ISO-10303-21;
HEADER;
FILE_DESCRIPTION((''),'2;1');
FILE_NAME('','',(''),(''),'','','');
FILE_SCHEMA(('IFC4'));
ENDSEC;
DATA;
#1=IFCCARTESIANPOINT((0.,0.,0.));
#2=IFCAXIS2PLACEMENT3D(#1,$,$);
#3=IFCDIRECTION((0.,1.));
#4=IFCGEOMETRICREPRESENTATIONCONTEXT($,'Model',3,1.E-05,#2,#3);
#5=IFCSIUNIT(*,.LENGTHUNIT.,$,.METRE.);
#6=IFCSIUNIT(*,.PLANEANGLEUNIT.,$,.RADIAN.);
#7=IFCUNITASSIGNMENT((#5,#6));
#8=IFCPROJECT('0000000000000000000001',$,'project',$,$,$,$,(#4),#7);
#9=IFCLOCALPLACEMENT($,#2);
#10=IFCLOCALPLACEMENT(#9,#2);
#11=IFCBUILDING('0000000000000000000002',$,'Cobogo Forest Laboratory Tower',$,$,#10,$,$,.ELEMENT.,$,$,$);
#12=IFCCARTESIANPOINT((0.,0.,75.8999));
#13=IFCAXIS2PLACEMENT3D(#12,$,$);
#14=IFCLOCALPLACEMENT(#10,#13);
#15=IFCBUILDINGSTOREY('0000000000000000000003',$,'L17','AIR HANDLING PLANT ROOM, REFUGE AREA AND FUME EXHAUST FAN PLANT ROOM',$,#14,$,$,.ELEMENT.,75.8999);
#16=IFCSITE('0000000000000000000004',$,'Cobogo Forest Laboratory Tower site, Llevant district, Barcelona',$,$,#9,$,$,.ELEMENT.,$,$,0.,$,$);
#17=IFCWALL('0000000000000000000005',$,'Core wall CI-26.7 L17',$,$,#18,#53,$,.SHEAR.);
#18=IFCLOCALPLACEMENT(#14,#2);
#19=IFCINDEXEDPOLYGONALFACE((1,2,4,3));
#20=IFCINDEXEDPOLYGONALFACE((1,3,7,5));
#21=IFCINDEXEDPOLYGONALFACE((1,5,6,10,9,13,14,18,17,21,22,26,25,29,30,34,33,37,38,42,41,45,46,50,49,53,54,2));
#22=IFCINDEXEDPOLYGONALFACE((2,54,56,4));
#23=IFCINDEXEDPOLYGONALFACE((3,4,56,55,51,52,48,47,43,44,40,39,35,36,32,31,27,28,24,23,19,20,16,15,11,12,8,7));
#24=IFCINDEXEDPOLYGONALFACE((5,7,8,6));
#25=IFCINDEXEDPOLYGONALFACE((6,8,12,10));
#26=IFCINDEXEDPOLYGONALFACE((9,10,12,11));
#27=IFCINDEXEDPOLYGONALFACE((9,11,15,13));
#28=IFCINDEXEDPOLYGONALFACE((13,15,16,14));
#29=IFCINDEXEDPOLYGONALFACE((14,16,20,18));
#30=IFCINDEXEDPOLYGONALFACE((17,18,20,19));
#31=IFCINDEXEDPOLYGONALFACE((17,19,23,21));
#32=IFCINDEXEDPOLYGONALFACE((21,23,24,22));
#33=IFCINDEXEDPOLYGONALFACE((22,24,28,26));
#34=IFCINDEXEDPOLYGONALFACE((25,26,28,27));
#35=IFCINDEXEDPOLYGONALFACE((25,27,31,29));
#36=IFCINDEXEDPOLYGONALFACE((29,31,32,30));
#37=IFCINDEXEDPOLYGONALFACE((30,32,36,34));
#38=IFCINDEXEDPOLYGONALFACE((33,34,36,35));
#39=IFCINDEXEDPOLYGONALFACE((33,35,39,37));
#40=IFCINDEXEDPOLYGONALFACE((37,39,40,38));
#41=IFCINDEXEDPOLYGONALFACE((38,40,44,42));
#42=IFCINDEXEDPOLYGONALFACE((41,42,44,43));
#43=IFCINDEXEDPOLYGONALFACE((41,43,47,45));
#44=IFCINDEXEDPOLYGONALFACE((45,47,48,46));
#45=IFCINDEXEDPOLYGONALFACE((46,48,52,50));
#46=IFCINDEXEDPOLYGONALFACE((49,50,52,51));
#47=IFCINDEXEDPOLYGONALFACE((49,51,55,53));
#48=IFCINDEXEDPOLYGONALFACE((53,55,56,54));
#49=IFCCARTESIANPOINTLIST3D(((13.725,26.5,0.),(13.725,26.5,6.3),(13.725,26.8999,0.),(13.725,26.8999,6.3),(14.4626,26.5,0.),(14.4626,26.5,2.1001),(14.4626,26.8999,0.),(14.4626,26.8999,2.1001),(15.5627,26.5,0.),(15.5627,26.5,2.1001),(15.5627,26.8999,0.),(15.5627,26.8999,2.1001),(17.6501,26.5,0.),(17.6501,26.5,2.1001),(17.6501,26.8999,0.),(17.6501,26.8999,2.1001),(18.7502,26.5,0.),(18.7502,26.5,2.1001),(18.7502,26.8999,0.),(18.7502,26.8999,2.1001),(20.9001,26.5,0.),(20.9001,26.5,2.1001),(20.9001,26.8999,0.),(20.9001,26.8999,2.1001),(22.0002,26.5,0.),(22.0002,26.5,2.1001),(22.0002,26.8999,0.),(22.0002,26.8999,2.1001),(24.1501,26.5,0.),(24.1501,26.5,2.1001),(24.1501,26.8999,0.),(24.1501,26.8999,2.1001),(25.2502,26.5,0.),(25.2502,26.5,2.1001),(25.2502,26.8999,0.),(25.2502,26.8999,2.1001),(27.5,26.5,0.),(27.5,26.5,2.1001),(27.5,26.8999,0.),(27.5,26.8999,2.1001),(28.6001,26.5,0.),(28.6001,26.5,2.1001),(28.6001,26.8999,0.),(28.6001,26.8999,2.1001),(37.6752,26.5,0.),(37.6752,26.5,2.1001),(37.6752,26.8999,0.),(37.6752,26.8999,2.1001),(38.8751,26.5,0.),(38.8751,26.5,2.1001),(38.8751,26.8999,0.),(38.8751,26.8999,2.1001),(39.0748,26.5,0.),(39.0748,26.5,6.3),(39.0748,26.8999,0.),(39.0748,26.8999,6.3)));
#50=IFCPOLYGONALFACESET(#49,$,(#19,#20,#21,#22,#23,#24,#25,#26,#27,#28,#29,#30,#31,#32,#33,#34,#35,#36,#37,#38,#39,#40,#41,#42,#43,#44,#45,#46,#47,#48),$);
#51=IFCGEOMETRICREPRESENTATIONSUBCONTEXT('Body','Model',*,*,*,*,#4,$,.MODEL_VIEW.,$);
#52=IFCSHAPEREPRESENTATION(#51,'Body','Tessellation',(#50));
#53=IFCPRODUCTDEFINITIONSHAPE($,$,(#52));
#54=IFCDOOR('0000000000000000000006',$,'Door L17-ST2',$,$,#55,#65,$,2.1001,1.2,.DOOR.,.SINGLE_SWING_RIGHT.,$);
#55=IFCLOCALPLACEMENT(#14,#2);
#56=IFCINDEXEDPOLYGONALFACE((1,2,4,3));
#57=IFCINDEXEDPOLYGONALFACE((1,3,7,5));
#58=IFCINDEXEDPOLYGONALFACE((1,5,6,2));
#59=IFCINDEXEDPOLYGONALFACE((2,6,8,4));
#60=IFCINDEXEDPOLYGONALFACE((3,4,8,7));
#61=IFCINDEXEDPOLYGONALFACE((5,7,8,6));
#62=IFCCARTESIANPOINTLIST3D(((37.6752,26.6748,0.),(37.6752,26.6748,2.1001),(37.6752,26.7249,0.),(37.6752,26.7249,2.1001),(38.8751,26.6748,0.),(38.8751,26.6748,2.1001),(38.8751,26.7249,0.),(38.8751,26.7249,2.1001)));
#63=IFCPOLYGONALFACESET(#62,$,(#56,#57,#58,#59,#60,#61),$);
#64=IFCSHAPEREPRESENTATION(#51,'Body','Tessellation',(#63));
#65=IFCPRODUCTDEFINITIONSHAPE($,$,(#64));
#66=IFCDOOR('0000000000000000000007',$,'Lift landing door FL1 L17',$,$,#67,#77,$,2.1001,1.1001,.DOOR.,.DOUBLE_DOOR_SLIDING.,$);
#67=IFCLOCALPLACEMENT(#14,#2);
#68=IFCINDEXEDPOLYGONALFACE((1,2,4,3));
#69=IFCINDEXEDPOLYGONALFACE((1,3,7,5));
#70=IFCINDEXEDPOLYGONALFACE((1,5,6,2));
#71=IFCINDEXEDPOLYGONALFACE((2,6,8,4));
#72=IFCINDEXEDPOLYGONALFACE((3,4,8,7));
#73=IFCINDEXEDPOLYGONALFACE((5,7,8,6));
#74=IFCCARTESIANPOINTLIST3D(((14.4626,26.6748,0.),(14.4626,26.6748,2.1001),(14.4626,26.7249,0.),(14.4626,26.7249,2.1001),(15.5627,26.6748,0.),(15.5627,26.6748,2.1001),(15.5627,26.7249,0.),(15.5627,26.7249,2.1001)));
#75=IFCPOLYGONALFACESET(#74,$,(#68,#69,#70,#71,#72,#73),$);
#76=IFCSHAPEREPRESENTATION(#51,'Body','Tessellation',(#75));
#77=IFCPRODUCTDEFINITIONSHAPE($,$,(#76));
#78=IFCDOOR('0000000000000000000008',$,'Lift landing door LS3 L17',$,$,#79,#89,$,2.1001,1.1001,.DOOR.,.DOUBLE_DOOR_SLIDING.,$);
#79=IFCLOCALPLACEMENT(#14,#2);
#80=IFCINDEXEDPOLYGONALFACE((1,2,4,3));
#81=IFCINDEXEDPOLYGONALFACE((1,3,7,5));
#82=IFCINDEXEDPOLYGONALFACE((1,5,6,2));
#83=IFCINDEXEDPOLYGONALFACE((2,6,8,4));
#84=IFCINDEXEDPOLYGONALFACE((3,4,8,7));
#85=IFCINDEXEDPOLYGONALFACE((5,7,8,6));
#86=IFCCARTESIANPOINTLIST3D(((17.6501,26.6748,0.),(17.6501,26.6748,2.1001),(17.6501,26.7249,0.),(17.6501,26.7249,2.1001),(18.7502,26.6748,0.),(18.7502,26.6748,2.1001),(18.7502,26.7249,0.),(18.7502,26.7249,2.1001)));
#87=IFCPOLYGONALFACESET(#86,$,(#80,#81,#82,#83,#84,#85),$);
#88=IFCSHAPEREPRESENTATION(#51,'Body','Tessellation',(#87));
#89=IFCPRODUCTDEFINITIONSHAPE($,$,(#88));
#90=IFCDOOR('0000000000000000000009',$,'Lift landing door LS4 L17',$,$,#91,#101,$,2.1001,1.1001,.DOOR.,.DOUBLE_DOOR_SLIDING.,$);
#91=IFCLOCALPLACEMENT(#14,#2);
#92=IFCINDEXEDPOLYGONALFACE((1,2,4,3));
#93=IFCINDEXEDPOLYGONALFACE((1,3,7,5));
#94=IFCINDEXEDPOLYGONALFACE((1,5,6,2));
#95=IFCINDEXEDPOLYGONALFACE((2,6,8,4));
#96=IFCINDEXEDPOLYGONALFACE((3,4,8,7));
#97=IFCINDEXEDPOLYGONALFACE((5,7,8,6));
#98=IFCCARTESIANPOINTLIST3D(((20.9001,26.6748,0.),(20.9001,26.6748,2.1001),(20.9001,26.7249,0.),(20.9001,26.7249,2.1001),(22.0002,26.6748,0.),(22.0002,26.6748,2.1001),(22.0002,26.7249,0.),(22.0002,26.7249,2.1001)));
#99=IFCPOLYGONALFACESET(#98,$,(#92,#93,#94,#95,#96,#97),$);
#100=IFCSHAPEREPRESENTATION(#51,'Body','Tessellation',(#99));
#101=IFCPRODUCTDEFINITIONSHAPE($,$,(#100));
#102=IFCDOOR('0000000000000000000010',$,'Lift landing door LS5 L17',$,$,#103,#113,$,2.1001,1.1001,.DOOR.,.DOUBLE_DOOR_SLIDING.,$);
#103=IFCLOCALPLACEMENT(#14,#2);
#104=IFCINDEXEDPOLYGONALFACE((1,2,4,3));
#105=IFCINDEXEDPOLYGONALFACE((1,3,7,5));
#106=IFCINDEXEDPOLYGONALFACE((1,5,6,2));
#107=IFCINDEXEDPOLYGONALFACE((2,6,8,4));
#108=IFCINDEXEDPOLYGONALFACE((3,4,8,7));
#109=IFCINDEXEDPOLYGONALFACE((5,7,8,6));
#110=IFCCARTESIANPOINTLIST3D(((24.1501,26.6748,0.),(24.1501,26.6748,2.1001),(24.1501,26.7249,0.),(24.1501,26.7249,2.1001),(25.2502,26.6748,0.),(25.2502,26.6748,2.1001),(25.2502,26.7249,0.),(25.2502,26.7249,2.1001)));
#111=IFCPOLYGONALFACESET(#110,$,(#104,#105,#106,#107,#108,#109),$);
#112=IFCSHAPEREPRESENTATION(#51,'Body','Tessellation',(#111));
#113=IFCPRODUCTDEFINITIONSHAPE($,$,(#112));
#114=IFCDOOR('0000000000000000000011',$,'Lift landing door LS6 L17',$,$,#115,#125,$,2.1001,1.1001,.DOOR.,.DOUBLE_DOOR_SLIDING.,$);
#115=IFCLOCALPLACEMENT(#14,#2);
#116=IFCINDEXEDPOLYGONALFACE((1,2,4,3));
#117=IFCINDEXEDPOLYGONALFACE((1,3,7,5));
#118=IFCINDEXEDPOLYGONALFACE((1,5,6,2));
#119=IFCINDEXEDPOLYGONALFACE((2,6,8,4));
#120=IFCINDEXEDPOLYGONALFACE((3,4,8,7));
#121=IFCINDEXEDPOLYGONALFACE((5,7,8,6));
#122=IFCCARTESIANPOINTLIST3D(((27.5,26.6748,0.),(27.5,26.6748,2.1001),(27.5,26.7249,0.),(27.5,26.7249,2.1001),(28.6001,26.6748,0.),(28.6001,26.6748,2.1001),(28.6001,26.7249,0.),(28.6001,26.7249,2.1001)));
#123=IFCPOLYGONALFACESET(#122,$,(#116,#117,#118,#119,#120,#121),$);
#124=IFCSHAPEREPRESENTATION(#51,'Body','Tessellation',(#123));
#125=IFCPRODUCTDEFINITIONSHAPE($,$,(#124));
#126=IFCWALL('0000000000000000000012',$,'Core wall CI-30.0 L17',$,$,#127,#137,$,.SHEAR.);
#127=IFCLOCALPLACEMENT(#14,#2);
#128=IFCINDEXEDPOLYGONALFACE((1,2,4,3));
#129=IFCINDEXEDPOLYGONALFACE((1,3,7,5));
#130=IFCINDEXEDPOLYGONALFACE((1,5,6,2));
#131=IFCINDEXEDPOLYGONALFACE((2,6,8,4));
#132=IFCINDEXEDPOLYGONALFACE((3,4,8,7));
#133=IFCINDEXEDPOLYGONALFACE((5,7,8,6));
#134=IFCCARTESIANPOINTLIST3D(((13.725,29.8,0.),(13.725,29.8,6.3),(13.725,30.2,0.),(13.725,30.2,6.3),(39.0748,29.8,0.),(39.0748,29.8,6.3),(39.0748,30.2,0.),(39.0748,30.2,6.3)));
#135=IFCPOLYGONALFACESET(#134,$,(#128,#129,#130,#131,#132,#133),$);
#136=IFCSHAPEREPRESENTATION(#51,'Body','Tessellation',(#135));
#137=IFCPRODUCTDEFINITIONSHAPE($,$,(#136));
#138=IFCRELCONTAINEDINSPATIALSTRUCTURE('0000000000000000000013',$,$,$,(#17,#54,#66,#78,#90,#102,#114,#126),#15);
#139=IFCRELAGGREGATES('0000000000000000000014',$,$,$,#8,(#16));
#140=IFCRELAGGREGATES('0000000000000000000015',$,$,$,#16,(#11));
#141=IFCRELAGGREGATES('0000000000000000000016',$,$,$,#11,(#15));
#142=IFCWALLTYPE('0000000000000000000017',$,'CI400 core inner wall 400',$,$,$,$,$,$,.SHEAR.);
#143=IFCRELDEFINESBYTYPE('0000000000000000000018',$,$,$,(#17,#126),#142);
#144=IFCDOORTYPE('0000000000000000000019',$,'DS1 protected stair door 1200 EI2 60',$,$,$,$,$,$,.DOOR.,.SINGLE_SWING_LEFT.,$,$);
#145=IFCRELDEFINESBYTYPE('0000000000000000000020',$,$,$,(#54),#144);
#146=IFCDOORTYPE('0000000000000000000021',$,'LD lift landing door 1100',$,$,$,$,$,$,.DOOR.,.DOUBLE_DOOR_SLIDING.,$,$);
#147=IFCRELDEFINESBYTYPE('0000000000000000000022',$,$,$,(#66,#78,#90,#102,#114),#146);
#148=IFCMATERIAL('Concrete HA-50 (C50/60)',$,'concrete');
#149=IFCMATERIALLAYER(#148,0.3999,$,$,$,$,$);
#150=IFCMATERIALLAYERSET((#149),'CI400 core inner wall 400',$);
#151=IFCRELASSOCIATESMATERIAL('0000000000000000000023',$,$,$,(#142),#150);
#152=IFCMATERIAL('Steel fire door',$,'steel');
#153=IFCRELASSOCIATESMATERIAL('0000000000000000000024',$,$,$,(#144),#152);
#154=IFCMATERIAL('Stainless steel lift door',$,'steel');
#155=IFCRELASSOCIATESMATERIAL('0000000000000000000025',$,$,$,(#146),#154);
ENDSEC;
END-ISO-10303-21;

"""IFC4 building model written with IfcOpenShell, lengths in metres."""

from ifc_helpers import new_model, si_unit, direction, frame, frame_2d, origin, place, context, subcontext, project, spatial, rectangle, extrude, material, layer, layer_set, type_object, element, fill, save


model = new_model("IFC4")

# Units and contexts
model_context = context("Model", 3, precision=1e-05, world=origin(), true_north=direction((0.0, 1.0)))
body_context = subcontext(model_context, "Body", "Model", "MODEL_VIEW")
ifc_project = project(units=[si_unit("LENGTHUNIT", "METRE"), si_unit("PLANEANGLEUNIT", "RADIAN")], contexts=[model_context])

# Site, building, storey
site_placement = place(None, origin())
site = spatial("IfcSite", under=ifc_project, at=site_placement, Name="Cobogo Forest Laboratory Tower site, Llevant district, Barcelona", CompositionType="ELEMENT", RefElevation=0.0)
building_placement = place(site_placement, origin())
building = spatial("IfcBuilding", under=site, at=building_placement, Name="Cobogo Forest Laboratory Tower", CompositionType="ELEMENT")
storey_placement = place(building_placement, frame((0.0, 0.0, 75.8999)))
storey = spatial("IfcBuildingStorey", under=building, at=storey_placement, Name="L17", Description="AIR HANDLING PLANT ROOM, REFUGE AREA AND FUME EXHAUST FAN PLANT ROOM", CompositionType="ELEMENT", Elevation=75.8999)

# Shared definitions
ifc_material_1 = material(Name="Concrete HA-50 (C50/60)", Category="concrete")
ifc_layer_1 = layer(ifc_material_1, 0.3999)
ifc_layer_set_1 = layer_set([ifc_layer_1], Name="CI400 core inner wall 400")
wall_type_1 = type_object("IfcWallType", Name="CI400 core inner wall 400", PredefinedType="SHEAR", material=ifc_layer_set_1)

# Wall, openings, doors
wall_1_placement = place(storey_placement, frame((13.7251, 26.7, 0.0), z_axis=(0.0, 0.0, 1.0), x_axis=(1.0, 0.0, 0.0)))
wall_1 = element("IfcWall", 1, at=wall_1_placement, inside=storey, type_object=wall_type_1, Name="Core wall CI-26.7 L17", PredefinedType="SHEAR", context=body_context, shape_type="SweptSolid", body=[
    extrude(rectangle(XDim=25.3499, YDim=0.3999, at=frame_2d((12.6748, 0.0))), origin(), (0.0, 0.0, 1.0), 6.3),
])
opening_1_placement = place(wall_1_placement, frame((23.95, 0.0, 0.0)))
opening_1 = element("IfcOpeningElement", 2, at=opening_1_placement, cuts=wall_1, PredefinedType="OPENING", context=body_context, shape_type="SweptSolid", body=[
    extrude(rectangle(XDim=1.2, YDim=2.1001, at=frame_2d((0.6001, 1.05))), frame((0.0, 0.21, 0.0), z_axis=(0.0, -1.0, 0.0), x_axis=(1.0, 0.0, 0.0)), (0.0, 0.0, 1.0), 0.4199),
])
opening_2_placement = place(wall_1_placement, frame((0.7375, 0.0, 0.0)))
opening_2 = element("IfcOpeningElement", 3, at=opening_2_placement, cuts=wall_1, PredefinedType="OPENING", context=body_context, shape_type="SweptSolid", body=[
    extrude(rectangle(XDim=1.1001, YDim=2.1001, at=frame_2d((0.55, 1.05))), frame((0.0, 0.21, 0.0), z_axis=(0.0, -1.0, 0.0), x_axis=(1.0, 0.0, 0.0)), (0.0, 0.0, 1.0), 0.4199),
])
opening_3_placement = place(wall_1_placement, frame((3.925, 0.0, 0.0)))
opening_3 = element("IfcOpeningElement", 4, at=opening_3_placement, cuts=wall_1, PredefinedType="OPENING", context=body_context, shape_type="SweptSolid", body=[
    extrude(rectangle(XDim=1.1001, YDim=2.1001, at=frame_2d((0.55, 1.05))), frame((0.0, 0.21, 0.0), z_axis=(0.0, -1.0, 0.0), x_axis=(1.0, 0.0, 0.0)), (0.0, 0.0, 1.0), 0.4199),
])
opening_4_placement = place(wall_1_placement, frame((7.175, 0.0, 0.0)))
opening_4 = element("IfcOpeningElement", 5, at=opening_4_placement, cuts=wall_1, PredefinedType="OPENING", context=body_context, shape_type="SweptSolid", body=[
    extrude(rectangle(XDim=1.1001, YDim=2.1001, at=frame_2d((0.55, 1.05))), frame((0.0, 0.21, 0.0), z_axis=(0.0, -1.0, 0.0), x_axis=(1.0, 0.0, 0.0)), (0.0, 0.0, 1.0), 0.4199),
])
opening_5_placement = place(wall_1_placement, frame((10.425, 0.0, 0.0)))
opening_5 = element("IfcOpeningElement", 6, at=opening_5_placement, cuts=wall_1, PredefinedType="OPENING", context=body_context, shape_type="SweptSolid", body=[
    extrude(rectangle(XDim=1.1001, YDim=2.1001, at=frame_2d((0.55, 1.05))), frame((0.0, 0.21, 0.0), z_axis=(0.0, -1.0, 0.0), x_axis=(1.0, 0.0, 0.0)), (0.0, 0.0, 1.0), 0.4199),
])
opening_6_placement = place(wall_1_placement, frame((13.7749, 0.0, 0.0)))
opening_6 = element("IfcOpeningElement", 7, at=opening_6_placement, cuts=wall_1, PredefinedType="OPENING", context=body_context, shape_type="SweptSolid", body=[
    extrude(rectangle(XDim=1.1001, YDim=2.1001, at=frame_2d((0.55, 1.05))), frame((0.0, 0.21, 0.0), z_axis=(0.0, -1.0, 0.0), x_axis=(1.0, 0.0, 0.0)), (0.0, 0.0, 1.0), 0.4199),
])
ifc_material_2 = material(Name="Steel fire door", Category="steel")
door_type_1 = type_object("IfcDoorType", Name="DS1 protected stair door 1200 EI2 60", OperationType="SINGLE_SWING_LEFT", PredefinedType="DOOR", material=ifc_material_2)
door_1_placement = place(opening_1_placement, origin())
door_1 = element("IfcDoor", 8, at=door_1_placement, inside=storey, type_object=door_type_1, Name="Door L17-ST2", OperationType="SINGLE_SWING_RIGHT", OverallHeight=2.1001, OverallWidth=1.2, PredefinedType="DOOR", context=body_context, shape_type="SweptSolid", body=[
    extrude(rectangle(XDim=1.2, YDim=2.1001, at=frame_2d((0.6001, 1.05))), frame((0.0, 0.0249, 0.0), z_axis=(0.0, -1.0, 0.0), x_axis=(1.0, 0.0, 0.0)), (0.0, 0.0, 1.0), 0.05),
])
fill(opening_1, door_1)
ifc_material_3 = material(Name="Stainless steel lift door", Category="steel")
door_type_2 = type_object("IfcDoorType", Name="LD lift landing door 1100", OperationType="DOUBLE_DOOR_SLIDING", PredefinedType="DOOR", material=ifc_material_3)
door_2_placement = place(opening_2_placement, origin())
door_2 = element("IfcDoor", 9, at=door_2_placement, inside=storey, type_object=door_type_2, Name="Lift landing door FL1 L17", OperationType="DOUBLE_DOOR_SLIDING", OverallHeight=2.1001, OverallWidth=1.1001, PredefinedType="DOOR", context=body_context, shape_type="SweptSolid", body=[
    extrude(rectangle(XDim=1.1001, YDim=2.1001, at=frame_2d((0.55, 1.05))), frame((0.0, 0.0249, 0.0), z_axis=(0.0, -1.0, 0.0), x_axis=(1.0, 0.0, 0.0)), (0.0, 0.0, 1.0), 0.05),
])
fill(opening_2, door_2)
door_3_placement = place(opening_3_placement, origin())
door_3 = element("IfcDoor", 10, at=door_3_placement, inside=storey, type_object=door_type_2, Name="Lift landing door LS3 L17", OperationType="DOUBLE_DOOR_SLIDING", OverallHeight=2.1001, OverallWidth=1.1001, PredefinedType="DOOR", context=body_context, shape_type="SweptSolid", body=[
    extrude(rectangle(XDim=1.1001, YDim=2.1001, at=frame_2d((0.55, 1.05))), frame((0.0, 0.0249, 0.0), z_axis=(0.0, -1.0, 0.0), x_axis=(1.0, 0.0, 0.0)), (0.0, 0.0, 1.0), 0.05),
])
fill(opening_3, door_3)
door_4_placement = place(opening_4_placement, origin())
door_4 = element("IfcDoor", 11, at=door_4_placement, inside=storey, type_object=door_type_2, Name="Lift landing door LS4 L17", OperationType="DOUBLE_DOOR_SLIDING", OverallHeight=2.1001, OverallWidth=1.1001, PredefinedType="DOOR", context=body_context, shape_type="SweptSolid", body=[
    extrude(rectangle(XDim=1.1001, YDim=2.1001, at=frame_2d((0.55, 1.05))), frame((0.0, 0.0249, 0.0), z_axis=(0.0, -1.0, 0.0), x_axis=(1.0, 0.0, 0.0)), (0.0, 0.0, 1.0), 0.05),
])
fill(opening_4, door_4)
door_5_placement = place(opening_5_placement, origin())
door_5 = element("IfcDoor", 12, at=door_5_placement, inside=storey, type_object=door_type_2, Name="Lift landing door LS5 L17", OperationType="DOUBLE_DOOR_SLIDING", OverallHeight=2.1001, OverallWidth=1.1001, PredefinedType="DOOR", context=body_context, shape_type="SweptSolid", body=[
    extrude(rectangle(XDim=1.1001, YDim=2.1001, at=frame_2d((0.55, 1.05))), frame((0.0, 0.0249, 0.0), z_axis=(0.0, -1.0, 0.0), x_axis=(1.0, 0.0, 0.0)), (0.0, 0.0, 1.0), 0.05),
])
fill(opening_5, door_5)
door_6_placement = place(opening_6_placement, origin())
door_6 = element("IfcDoor", 13, at=door_6_placement, inside=storey, type_object=door_type_2, Name="Lift landing door LS6 L17", OperationType="DOUBLE_DOOR_SLIDING", OverallHeight=2.1001, OverallWidth=1.1001, PredefinedType="DOOR", context=body_context, shape_type="SweptSolid", body=[
    extrude(rectangle(XDim=1.1001, YDim=2.1001, at=frame_2d((0.55, 1.05))), frame((0.0, 0.0249, 0.0), z_axis=(0.0, -1.0, 0.0), x_axis=(1.0, 0.0, 0.0)), (0.0, 0.0, 1.0), 0.05),
])
fill(opening_6, door_6)

# Wall
wall_2_placement = place(storey_placement, frame((13.7251, 30.0, 0.0), z_axis=(0.0, 0.0, 1.0), x_axis=(1.0, 0.0, 0.0)))
element("IfcWall", 14, at=wall_2_placement, inside=storey, type_object=wall_type_1, Name="Core wall CI-30.0 L17", PredefinedType="SHEAR", context=body_context, shape_type="SweptSolid", body=[
    extrude(rectangle(XDim=25.3499, YDim=0.3999, at=frame_2d((12.6748, 0.0))), origin(), (0.0, 0.0, 1.0), 6.3),
])

save(model, "model.ifc")
